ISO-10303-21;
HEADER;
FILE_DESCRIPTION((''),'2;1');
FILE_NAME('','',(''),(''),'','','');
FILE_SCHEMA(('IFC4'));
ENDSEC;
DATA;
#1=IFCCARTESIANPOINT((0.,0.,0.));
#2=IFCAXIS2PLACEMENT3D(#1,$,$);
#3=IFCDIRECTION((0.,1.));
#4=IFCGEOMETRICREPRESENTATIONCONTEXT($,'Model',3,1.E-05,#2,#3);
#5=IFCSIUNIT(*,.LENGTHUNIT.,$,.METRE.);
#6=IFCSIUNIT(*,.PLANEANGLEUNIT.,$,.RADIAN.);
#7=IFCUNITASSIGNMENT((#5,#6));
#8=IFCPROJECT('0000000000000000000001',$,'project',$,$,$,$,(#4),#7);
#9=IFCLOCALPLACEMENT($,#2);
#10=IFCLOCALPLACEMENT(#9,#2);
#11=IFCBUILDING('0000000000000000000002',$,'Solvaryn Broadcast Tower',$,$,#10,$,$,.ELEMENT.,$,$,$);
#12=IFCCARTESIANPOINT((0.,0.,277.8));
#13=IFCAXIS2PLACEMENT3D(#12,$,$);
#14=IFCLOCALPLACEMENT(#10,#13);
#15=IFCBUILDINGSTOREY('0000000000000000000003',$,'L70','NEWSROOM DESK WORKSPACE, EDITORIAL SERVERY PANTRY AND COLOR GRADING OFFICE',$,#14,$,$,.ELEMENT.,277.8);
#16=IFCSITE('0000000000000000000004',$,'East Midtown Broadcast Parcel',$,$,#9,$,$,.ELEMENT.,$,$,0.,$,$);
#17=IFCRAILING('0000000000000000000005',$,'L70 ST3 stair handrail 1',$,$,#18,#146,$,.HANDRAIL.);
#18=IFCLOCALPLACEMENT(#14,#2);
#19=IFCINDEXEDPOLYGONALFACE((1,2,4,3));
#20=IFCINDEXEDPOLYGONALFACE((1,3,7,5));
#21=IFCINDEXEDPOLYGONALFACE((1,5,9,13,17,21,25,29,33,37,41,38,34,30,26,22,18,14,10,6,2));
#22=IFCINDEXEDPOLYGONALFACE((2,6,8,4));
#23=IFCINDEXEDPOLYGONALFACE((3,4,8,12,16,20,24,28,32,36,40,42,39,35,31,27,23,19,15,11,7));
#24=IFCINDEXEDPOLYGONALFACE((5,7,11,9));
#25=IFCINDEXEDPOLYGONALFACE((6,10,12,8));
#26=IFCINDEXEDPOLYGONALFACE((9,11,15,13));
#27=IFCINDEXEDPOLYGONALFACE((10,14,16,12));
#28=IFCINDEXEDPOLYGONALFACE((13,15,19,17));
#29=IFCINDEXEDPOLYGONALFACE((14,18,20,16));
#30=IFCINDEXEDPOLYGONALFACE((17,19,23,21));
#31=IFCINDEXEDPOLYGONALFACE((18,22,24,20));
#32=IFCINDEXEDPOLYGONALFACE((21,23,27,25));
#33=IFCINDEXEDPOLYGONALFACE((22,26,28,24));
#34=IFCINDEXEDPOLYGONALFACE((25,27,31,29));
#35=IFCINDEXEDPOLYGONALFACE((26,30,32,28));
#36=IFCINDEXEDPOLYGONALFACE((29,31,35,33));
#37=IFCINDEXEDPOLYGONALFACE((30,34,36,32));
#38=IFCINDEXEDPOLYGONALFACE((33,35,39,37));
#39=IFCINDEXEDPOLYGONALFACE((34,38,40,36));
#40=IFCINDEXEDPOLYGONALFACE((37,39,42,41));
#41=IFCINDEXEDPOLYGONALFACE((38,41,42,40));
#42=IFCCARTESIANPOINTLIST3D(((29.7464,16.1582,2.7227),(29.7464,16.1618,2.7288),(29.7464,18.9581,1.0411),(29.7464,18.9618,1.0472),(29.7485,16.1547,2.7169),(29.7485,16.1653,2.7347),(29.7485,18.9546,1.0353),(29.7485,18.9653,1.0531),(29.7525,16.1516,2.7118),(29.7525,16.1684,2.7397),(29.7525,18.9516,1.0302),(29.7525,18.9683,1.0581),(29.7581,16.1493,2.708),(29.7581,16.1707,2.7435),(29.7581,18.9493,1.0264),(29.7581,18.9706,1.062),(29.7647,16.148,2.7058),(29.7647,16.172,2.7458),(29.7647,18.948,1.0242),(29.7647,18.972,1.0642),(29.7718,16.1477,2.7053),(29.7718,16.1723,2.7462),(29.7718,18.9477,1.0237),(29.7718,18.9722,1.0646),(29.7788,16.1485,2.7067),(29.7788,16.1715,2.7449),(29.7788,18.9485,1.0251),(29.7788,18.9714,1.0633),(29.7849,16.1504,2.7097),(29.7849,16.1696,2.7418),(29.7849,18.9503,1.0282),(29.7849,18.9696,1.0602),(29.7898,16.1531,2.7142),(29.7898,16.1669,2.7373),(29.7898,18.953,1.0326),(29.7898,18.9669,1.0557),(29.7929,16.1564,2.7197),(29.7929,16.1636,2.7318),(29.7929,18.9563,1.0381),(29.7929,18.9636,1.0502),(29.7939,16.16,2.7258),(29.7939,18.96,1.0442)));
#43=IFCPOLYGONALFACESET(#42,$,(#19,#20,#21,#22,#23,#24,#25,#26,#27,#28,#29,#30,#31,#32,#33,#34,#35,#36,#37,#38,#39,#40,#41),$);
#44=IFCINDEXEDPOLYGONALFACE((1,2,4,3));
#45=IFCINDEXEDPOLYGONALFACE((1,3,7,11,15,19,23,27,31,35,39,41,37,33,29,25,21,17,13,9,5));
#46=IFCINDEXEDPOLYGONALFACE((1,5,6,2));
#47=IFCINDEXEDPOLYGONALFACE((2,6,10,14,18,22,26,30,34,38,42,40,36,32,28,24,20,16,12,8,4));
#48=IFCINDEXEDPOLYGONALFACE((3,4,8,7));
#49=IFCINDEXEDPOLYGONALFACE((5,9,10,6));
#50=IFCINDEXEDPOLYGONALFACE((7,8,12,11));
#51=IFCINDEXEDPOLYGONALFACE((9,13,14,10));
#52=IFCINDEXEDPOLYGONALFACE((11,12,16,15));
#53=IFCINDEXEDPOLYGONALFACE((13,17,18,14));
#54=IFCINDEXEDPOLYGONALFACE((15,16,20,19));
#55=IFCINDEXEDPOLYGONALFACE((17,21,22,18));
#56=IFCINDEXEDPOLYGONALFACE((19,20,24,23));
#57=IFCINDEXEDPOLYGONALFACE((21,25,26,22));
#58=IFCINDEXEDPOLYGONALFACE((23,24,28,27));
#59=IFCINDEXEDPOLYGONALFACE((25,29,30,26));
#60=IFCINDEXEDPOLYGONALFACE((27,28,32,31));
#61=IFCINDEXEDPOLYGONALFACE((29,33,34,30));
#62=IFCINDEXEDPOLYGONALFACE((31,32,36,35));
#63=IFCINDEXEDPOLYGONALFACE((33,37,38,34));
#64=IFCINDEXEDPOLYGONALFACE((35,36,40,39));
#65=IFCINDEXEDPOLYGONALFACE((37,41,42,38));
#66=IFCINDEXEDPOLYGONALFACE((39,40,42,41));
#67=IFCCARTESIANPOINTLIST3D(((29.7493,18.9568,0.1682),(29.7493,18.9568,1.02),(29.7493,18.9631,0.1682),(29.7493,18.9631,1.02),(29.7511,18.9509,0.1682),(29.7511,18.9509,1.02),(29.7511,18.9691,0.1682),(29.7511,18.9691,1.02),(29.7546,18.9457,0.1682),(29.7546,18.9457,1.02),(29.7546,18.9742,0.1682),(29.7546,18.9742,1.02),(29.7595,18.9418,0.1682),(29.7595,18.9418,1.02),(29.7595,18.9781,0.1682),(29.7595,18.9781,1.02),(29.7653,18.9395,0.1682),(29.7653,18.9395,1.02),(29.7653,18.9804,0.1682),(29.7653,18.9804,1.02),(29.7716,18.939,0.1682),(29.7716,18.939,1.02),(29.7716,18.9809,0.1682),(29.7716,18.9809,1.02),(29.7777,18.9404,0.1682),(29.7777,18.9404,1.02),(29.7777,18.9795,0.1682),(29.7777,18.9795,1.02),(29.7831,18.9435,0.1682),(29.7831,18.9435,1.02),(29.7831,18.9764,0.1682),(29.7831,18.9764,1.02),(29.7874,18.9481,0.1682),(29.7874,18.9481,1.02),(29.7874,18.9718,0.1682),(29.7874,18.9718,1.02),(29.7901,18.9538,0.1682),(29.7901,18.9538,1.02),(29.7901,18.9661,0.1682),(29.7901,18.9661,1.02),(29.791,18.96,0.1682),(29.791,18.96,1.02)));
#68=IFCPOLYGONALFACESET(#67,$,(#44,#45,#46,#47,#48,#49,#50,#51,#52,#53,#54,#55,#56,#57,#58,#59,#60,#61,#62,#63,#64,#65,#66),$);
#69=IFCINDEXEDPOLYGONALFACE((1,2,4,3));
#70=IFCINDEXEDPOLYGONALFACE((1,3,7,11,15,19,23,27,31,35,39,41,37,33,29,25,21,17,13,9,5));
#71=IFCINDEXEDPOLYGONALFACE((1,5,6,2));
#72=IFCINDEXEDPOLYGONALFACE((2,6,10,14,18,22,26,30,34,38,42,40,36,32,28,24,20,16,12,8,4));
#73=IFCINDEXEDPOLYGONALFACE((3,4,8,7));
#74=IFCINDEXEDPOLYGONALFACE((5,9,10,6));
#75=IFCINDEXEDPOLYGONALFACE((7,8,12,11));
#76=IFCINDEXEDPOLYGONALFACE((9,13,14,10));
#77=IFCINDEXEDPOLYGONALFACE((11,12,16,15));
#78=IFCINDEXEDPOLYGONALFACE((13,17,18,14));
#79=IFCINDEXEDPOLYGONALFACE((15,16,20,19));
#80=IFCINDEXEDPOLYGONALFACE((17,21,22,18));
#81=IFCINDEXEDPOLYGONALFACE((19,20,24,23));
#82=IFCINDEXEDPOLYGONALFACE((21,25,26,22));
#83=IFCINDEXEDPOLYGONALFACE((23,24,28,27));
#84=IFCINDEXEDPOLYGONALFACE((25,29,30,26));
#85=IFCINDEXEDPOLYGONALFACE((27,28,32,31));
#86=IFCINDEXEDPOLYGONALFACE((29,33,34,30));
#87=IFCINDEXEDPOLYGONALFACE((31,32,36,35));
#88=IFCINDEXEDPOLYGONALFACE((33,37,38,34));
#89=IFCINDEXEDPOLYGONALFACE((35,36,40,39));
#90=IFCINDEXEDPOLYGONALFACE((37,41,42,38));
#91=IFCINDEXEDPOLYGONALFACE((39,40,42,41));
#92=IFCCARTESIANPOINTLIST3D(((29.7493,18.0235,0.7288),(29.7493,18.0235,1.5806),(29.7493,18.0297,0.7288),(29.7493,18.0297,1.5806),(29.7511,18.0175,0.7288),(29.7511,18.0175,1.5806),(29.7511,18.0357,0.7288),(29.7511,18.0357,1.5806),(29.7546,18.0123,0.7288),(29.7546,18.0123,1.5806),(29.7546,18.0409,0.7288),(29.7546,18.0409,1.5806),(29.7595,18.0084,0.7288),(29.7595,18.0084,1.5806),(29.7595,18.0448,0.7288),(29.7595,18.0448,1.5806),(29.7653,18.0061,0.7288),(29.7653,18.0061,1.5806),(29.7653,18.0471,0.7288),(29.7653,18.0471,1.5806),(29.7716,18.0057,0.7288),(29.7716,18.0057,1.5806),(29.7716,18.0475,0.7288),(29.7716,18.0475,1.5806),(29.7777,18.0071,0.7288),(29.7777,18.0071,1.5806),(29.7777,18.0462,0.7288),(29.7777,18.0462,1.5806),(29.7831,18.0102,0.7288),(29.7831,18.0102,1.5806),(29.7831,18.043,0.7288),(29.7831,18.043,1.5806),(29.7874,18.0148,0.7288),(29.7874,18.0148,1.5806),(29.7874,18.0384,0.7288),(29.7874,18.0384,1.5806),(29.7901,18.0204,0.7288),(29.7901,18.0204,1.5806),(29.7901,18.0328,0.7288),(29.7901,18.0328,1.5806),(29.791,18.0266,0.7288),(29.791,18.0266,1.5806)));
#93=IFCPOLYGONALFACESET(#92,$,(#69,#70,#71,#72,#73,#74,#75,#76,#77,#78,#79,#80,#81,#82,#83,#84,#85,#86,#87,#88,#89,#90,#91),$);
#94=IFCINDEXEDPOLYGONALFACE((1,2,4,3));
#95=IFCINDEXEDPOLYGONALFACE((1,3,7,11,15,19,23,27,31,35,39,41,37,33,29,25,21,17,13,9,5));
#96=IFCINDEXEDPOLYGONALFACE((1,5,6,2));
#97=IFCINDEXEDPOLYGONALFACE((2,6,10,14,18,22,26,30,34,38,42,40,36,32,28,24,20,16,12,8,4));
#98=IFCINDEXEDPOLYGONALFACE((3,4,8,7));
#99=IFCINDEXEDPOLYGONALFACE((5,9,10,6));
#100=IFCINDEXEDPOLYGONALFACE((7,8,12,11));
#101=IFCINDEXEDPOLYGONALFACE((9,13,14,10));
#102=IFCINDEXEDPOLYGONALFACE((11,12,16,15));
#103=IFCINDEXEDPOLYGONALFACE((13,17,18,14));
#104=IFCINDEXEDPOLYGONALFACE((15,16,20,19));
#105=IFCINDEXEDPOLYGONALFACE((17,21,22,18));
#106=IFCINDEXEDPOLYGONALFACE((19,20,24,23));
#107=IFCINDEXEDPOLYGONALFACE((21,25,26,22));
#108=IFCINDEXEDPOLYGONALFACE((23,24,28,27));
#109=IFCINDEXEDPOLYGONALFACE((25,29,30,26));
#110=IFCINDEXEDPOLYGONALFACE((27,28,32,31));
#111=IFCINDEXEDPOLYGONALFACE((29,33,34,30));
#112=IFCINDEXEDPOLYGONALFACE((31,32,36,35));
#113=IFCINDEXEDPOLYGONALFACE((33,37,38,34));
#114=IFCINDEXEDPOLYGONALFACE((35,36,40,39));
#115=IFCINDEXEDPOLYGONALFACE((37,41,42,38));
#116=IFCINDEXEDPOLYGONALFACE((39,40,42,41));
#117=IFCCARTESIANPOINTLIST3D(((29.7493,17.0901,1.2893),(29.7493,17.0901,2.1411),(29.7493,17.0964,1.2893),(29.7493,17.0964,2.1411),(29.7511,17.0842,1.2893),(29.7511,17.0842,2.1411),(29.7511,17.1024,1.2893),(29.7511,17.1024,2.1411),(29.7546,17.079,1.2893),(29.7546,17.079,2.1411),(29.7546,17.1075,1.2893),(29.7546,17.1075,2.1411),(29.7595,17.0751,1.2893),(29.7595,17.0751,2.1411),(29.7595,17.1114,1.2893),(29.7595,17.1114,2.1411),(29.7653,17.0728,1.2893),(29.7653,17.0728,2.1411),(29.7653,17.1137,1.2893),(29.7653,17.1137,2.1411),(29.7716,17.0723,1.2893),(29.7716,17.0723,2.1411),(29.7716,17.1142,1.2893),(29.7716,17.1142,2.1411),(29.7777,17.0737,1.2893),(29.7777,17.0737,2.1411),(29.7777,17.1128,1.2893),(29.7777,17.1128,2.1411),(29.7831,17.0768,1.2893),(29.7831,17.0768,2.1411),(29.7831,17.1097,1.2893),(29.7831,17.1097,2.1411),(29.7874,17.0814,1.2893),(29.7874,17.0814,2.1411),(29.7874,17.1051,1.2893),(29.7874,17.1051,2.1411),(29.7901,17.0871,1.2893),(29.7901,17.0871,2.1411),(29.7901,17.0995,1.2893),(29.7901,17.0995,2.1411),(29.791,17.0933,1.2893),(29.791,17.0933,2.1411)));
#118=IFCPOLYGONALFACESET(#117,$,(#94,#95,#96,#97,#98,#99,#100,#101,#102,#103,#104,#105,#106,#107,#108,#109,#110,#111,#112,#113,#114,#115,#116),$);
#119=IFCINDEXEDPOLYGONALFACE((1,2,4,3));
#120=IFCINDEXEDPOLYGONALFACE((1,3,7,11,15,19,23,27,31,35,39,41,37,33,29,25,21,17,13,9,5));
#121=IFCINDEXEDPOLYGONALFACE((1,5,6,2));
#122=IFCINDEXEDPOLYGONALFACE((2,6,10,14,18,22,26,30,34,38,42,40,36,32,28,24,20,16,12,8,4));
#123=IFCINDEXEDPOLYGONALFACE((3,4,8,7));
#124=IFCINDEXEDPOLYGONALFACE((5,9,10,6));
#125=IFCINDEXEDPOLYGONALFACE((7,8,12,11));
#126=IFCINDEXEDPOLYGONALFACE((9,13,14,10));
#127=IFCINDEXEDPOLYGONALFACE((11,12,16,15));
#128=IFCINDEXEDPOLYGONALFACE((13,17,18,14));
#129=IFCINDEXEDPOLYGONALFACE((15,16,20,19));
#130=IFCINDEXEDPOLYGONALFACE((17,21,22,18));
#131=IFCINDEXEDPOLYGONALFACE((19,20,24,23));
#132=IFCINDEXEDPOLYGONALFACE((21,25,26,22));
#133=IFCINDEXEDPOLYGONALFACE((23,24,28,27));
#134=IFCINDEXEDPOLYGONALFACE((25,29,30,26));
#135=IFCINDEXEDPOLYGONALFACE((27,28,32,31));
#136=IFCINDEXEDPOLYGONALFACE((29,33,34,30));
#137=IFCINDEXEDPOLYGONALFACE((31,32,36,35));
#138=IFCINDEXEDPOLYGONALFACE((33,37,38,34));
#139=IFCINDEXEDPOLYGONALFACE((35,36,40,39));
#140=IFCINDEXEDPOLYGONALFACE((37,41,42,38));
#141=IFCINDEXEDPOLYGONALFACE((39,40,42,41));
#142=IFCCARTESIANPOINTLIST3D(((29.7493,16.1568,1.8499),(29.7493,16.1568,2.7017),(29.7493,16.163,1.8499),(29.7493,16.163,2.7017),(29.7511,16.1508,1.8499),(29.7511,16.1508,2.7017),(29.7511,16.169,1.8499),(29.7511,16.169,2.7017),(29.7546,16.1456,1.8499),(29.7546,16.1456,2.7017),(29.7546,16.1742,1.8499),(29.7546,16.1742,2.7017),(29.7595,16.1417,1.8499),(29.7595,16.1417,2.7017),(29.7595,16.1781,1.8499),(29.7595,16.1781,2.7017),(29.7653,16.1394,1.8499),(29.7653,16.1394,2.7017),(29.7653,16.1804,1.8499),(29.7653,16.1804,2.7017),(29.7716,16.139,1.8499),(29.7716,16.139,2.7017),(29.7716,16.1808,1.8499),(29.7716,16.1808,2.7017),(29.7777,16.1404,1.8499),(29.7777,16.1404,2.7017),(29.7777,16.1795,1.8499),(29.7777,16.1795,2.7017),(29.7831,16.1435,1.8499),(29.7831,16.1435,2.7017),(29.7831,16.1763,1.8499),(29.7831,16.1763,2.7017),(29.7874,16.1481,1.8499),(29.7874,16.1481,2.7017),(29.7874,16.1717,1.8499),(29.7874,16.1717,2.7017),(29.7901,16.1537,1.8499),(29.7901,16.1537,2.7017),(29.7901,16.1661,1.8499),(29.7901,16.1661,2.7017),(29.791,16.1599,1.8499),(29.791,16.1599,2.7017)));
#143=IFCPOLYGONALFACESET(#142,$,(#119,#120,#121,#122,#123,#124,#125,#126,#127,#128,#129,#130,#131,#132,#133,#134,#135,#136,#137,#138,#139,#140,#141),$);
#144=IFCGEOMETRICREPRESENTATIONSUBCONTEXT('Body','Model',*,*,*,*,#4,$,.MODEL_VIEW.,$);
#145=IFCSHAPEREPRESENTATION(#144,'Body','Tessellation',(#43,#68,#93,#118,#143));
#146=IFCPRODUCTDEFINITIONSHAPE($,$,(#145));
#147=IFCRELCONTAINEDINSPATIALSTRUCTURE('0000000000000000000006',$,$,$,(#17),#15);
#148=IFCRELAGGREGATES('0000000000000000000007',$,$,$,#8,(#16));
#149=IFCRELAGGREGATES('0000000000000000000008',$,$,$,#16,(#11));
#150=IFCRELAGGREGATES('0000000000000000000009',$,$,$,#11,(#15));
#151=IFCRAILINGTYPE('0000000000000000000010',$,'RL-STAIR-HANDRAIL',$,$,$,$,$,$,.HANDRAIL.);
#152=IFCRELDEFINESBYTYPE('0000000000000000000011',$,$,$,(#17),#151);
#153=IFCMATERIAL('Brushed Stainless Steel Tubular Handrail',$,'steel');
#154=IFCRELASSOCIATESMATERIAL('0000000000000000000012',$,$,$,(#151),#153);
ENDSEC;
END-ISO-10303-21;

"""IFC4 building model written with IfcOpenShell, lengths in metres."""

from ifc_helpers import new_model, si_unit, direction, frame, origin, origin_2d, place, context, subcontext, project, spatial, circle, extrude, material, type_object, element, save


model = new_model("IFC4")

# Units and contexts
model_context = context("Model", 3, precision=1e-05, world=origin(), true_north=direction((0.0, 1.0)))
body_context = subcontext(model_context, "Body", "Model", "MODEL_VIEW")
ifc_project = project(units=[si_unit("LENGTHUNIT", "METRE"), si_unit("PLANEANGLEUNIT", "RADIAN")], contexts=[model_context])

# Site, building, storey
site_placement = place(None, origin())
site = spatial("IfcSite", under=ifc_project, at=site_placement, Name="East Midtown Broadcast Parcel", CompositionType="ELEMENT", RefElevation=0.0)
building_placement = place(site_placement, origin())
building = spatial("IfcBuilding", under=site, at=building_placement, Name="Solvaryn Broadcast Tower", CompositionType="ELEMENT")
storey_placement = place(building_placement, frame((0.0, 0.0, 277.8)))
storey = spatial("IfcBuildingStorey", under=building, at=storey_placement, Name="L70", Description="NEWSROOM DESK WORKSPACE, EDITORIAL SERVERY PANTRY AND COLOR GRADING OFFICE", CompositionType="ELEMENT", Elevation=277.8)

# Railing
ifc_material_1 = material(Name="Brushed Stainless Steel Tubular Handrail", Category="steel")
railing_type_1 = type_object("IfcRailingType", Name="RL-STAIR-HANDRAIL", PredefinedType="HANDRAIL", material=ifc_material_1)
railing_1_placement = place(storey_placement, frame((29.77, 18.96, 0.1682)))
element("IfcRailing", 1, at=railing_1_placement, inside=storey, type_object=railing_type_1, Name="L70 ST3 stair handrail 1", PredefinedType="HANDRAIL", context=body_context, shape_type="SweptSolid", body=[
    extrude(circle(Radius=0.0239, at=origin_2d()), frame((0.0, 0.0, 0.876), z_axis=(0.0, -0.857275, 0.514858), x_axis=(1.0, 0.0, 0.0)), (0.0, 0.0, 1.0), 3.2661),
    extrude(circle(Radius=0.021, at=origin_2d()), origin(), (0.0, 0.0, 1.0), 0.8518),
    extrude(circle(Radius=0.021, at=origin_2d()), frame((0.0, -0.9333, 0.5605)), (0.0, 0.0, 1.0), 0.8518),
    extrude(circle(Radius=0.021, at=origin_2d()), frame((0.0, -1.8667, 1.1211)), (0.0, 0.0, 1.0), 0.8518),
    extrude(circle(Radius=0.021, at=origin_2d()), frame((0.0, -2.8, 1.6816)), (0.0, 0.0, 1.0), 0.8518),
])

save(model, "model.ifc")
